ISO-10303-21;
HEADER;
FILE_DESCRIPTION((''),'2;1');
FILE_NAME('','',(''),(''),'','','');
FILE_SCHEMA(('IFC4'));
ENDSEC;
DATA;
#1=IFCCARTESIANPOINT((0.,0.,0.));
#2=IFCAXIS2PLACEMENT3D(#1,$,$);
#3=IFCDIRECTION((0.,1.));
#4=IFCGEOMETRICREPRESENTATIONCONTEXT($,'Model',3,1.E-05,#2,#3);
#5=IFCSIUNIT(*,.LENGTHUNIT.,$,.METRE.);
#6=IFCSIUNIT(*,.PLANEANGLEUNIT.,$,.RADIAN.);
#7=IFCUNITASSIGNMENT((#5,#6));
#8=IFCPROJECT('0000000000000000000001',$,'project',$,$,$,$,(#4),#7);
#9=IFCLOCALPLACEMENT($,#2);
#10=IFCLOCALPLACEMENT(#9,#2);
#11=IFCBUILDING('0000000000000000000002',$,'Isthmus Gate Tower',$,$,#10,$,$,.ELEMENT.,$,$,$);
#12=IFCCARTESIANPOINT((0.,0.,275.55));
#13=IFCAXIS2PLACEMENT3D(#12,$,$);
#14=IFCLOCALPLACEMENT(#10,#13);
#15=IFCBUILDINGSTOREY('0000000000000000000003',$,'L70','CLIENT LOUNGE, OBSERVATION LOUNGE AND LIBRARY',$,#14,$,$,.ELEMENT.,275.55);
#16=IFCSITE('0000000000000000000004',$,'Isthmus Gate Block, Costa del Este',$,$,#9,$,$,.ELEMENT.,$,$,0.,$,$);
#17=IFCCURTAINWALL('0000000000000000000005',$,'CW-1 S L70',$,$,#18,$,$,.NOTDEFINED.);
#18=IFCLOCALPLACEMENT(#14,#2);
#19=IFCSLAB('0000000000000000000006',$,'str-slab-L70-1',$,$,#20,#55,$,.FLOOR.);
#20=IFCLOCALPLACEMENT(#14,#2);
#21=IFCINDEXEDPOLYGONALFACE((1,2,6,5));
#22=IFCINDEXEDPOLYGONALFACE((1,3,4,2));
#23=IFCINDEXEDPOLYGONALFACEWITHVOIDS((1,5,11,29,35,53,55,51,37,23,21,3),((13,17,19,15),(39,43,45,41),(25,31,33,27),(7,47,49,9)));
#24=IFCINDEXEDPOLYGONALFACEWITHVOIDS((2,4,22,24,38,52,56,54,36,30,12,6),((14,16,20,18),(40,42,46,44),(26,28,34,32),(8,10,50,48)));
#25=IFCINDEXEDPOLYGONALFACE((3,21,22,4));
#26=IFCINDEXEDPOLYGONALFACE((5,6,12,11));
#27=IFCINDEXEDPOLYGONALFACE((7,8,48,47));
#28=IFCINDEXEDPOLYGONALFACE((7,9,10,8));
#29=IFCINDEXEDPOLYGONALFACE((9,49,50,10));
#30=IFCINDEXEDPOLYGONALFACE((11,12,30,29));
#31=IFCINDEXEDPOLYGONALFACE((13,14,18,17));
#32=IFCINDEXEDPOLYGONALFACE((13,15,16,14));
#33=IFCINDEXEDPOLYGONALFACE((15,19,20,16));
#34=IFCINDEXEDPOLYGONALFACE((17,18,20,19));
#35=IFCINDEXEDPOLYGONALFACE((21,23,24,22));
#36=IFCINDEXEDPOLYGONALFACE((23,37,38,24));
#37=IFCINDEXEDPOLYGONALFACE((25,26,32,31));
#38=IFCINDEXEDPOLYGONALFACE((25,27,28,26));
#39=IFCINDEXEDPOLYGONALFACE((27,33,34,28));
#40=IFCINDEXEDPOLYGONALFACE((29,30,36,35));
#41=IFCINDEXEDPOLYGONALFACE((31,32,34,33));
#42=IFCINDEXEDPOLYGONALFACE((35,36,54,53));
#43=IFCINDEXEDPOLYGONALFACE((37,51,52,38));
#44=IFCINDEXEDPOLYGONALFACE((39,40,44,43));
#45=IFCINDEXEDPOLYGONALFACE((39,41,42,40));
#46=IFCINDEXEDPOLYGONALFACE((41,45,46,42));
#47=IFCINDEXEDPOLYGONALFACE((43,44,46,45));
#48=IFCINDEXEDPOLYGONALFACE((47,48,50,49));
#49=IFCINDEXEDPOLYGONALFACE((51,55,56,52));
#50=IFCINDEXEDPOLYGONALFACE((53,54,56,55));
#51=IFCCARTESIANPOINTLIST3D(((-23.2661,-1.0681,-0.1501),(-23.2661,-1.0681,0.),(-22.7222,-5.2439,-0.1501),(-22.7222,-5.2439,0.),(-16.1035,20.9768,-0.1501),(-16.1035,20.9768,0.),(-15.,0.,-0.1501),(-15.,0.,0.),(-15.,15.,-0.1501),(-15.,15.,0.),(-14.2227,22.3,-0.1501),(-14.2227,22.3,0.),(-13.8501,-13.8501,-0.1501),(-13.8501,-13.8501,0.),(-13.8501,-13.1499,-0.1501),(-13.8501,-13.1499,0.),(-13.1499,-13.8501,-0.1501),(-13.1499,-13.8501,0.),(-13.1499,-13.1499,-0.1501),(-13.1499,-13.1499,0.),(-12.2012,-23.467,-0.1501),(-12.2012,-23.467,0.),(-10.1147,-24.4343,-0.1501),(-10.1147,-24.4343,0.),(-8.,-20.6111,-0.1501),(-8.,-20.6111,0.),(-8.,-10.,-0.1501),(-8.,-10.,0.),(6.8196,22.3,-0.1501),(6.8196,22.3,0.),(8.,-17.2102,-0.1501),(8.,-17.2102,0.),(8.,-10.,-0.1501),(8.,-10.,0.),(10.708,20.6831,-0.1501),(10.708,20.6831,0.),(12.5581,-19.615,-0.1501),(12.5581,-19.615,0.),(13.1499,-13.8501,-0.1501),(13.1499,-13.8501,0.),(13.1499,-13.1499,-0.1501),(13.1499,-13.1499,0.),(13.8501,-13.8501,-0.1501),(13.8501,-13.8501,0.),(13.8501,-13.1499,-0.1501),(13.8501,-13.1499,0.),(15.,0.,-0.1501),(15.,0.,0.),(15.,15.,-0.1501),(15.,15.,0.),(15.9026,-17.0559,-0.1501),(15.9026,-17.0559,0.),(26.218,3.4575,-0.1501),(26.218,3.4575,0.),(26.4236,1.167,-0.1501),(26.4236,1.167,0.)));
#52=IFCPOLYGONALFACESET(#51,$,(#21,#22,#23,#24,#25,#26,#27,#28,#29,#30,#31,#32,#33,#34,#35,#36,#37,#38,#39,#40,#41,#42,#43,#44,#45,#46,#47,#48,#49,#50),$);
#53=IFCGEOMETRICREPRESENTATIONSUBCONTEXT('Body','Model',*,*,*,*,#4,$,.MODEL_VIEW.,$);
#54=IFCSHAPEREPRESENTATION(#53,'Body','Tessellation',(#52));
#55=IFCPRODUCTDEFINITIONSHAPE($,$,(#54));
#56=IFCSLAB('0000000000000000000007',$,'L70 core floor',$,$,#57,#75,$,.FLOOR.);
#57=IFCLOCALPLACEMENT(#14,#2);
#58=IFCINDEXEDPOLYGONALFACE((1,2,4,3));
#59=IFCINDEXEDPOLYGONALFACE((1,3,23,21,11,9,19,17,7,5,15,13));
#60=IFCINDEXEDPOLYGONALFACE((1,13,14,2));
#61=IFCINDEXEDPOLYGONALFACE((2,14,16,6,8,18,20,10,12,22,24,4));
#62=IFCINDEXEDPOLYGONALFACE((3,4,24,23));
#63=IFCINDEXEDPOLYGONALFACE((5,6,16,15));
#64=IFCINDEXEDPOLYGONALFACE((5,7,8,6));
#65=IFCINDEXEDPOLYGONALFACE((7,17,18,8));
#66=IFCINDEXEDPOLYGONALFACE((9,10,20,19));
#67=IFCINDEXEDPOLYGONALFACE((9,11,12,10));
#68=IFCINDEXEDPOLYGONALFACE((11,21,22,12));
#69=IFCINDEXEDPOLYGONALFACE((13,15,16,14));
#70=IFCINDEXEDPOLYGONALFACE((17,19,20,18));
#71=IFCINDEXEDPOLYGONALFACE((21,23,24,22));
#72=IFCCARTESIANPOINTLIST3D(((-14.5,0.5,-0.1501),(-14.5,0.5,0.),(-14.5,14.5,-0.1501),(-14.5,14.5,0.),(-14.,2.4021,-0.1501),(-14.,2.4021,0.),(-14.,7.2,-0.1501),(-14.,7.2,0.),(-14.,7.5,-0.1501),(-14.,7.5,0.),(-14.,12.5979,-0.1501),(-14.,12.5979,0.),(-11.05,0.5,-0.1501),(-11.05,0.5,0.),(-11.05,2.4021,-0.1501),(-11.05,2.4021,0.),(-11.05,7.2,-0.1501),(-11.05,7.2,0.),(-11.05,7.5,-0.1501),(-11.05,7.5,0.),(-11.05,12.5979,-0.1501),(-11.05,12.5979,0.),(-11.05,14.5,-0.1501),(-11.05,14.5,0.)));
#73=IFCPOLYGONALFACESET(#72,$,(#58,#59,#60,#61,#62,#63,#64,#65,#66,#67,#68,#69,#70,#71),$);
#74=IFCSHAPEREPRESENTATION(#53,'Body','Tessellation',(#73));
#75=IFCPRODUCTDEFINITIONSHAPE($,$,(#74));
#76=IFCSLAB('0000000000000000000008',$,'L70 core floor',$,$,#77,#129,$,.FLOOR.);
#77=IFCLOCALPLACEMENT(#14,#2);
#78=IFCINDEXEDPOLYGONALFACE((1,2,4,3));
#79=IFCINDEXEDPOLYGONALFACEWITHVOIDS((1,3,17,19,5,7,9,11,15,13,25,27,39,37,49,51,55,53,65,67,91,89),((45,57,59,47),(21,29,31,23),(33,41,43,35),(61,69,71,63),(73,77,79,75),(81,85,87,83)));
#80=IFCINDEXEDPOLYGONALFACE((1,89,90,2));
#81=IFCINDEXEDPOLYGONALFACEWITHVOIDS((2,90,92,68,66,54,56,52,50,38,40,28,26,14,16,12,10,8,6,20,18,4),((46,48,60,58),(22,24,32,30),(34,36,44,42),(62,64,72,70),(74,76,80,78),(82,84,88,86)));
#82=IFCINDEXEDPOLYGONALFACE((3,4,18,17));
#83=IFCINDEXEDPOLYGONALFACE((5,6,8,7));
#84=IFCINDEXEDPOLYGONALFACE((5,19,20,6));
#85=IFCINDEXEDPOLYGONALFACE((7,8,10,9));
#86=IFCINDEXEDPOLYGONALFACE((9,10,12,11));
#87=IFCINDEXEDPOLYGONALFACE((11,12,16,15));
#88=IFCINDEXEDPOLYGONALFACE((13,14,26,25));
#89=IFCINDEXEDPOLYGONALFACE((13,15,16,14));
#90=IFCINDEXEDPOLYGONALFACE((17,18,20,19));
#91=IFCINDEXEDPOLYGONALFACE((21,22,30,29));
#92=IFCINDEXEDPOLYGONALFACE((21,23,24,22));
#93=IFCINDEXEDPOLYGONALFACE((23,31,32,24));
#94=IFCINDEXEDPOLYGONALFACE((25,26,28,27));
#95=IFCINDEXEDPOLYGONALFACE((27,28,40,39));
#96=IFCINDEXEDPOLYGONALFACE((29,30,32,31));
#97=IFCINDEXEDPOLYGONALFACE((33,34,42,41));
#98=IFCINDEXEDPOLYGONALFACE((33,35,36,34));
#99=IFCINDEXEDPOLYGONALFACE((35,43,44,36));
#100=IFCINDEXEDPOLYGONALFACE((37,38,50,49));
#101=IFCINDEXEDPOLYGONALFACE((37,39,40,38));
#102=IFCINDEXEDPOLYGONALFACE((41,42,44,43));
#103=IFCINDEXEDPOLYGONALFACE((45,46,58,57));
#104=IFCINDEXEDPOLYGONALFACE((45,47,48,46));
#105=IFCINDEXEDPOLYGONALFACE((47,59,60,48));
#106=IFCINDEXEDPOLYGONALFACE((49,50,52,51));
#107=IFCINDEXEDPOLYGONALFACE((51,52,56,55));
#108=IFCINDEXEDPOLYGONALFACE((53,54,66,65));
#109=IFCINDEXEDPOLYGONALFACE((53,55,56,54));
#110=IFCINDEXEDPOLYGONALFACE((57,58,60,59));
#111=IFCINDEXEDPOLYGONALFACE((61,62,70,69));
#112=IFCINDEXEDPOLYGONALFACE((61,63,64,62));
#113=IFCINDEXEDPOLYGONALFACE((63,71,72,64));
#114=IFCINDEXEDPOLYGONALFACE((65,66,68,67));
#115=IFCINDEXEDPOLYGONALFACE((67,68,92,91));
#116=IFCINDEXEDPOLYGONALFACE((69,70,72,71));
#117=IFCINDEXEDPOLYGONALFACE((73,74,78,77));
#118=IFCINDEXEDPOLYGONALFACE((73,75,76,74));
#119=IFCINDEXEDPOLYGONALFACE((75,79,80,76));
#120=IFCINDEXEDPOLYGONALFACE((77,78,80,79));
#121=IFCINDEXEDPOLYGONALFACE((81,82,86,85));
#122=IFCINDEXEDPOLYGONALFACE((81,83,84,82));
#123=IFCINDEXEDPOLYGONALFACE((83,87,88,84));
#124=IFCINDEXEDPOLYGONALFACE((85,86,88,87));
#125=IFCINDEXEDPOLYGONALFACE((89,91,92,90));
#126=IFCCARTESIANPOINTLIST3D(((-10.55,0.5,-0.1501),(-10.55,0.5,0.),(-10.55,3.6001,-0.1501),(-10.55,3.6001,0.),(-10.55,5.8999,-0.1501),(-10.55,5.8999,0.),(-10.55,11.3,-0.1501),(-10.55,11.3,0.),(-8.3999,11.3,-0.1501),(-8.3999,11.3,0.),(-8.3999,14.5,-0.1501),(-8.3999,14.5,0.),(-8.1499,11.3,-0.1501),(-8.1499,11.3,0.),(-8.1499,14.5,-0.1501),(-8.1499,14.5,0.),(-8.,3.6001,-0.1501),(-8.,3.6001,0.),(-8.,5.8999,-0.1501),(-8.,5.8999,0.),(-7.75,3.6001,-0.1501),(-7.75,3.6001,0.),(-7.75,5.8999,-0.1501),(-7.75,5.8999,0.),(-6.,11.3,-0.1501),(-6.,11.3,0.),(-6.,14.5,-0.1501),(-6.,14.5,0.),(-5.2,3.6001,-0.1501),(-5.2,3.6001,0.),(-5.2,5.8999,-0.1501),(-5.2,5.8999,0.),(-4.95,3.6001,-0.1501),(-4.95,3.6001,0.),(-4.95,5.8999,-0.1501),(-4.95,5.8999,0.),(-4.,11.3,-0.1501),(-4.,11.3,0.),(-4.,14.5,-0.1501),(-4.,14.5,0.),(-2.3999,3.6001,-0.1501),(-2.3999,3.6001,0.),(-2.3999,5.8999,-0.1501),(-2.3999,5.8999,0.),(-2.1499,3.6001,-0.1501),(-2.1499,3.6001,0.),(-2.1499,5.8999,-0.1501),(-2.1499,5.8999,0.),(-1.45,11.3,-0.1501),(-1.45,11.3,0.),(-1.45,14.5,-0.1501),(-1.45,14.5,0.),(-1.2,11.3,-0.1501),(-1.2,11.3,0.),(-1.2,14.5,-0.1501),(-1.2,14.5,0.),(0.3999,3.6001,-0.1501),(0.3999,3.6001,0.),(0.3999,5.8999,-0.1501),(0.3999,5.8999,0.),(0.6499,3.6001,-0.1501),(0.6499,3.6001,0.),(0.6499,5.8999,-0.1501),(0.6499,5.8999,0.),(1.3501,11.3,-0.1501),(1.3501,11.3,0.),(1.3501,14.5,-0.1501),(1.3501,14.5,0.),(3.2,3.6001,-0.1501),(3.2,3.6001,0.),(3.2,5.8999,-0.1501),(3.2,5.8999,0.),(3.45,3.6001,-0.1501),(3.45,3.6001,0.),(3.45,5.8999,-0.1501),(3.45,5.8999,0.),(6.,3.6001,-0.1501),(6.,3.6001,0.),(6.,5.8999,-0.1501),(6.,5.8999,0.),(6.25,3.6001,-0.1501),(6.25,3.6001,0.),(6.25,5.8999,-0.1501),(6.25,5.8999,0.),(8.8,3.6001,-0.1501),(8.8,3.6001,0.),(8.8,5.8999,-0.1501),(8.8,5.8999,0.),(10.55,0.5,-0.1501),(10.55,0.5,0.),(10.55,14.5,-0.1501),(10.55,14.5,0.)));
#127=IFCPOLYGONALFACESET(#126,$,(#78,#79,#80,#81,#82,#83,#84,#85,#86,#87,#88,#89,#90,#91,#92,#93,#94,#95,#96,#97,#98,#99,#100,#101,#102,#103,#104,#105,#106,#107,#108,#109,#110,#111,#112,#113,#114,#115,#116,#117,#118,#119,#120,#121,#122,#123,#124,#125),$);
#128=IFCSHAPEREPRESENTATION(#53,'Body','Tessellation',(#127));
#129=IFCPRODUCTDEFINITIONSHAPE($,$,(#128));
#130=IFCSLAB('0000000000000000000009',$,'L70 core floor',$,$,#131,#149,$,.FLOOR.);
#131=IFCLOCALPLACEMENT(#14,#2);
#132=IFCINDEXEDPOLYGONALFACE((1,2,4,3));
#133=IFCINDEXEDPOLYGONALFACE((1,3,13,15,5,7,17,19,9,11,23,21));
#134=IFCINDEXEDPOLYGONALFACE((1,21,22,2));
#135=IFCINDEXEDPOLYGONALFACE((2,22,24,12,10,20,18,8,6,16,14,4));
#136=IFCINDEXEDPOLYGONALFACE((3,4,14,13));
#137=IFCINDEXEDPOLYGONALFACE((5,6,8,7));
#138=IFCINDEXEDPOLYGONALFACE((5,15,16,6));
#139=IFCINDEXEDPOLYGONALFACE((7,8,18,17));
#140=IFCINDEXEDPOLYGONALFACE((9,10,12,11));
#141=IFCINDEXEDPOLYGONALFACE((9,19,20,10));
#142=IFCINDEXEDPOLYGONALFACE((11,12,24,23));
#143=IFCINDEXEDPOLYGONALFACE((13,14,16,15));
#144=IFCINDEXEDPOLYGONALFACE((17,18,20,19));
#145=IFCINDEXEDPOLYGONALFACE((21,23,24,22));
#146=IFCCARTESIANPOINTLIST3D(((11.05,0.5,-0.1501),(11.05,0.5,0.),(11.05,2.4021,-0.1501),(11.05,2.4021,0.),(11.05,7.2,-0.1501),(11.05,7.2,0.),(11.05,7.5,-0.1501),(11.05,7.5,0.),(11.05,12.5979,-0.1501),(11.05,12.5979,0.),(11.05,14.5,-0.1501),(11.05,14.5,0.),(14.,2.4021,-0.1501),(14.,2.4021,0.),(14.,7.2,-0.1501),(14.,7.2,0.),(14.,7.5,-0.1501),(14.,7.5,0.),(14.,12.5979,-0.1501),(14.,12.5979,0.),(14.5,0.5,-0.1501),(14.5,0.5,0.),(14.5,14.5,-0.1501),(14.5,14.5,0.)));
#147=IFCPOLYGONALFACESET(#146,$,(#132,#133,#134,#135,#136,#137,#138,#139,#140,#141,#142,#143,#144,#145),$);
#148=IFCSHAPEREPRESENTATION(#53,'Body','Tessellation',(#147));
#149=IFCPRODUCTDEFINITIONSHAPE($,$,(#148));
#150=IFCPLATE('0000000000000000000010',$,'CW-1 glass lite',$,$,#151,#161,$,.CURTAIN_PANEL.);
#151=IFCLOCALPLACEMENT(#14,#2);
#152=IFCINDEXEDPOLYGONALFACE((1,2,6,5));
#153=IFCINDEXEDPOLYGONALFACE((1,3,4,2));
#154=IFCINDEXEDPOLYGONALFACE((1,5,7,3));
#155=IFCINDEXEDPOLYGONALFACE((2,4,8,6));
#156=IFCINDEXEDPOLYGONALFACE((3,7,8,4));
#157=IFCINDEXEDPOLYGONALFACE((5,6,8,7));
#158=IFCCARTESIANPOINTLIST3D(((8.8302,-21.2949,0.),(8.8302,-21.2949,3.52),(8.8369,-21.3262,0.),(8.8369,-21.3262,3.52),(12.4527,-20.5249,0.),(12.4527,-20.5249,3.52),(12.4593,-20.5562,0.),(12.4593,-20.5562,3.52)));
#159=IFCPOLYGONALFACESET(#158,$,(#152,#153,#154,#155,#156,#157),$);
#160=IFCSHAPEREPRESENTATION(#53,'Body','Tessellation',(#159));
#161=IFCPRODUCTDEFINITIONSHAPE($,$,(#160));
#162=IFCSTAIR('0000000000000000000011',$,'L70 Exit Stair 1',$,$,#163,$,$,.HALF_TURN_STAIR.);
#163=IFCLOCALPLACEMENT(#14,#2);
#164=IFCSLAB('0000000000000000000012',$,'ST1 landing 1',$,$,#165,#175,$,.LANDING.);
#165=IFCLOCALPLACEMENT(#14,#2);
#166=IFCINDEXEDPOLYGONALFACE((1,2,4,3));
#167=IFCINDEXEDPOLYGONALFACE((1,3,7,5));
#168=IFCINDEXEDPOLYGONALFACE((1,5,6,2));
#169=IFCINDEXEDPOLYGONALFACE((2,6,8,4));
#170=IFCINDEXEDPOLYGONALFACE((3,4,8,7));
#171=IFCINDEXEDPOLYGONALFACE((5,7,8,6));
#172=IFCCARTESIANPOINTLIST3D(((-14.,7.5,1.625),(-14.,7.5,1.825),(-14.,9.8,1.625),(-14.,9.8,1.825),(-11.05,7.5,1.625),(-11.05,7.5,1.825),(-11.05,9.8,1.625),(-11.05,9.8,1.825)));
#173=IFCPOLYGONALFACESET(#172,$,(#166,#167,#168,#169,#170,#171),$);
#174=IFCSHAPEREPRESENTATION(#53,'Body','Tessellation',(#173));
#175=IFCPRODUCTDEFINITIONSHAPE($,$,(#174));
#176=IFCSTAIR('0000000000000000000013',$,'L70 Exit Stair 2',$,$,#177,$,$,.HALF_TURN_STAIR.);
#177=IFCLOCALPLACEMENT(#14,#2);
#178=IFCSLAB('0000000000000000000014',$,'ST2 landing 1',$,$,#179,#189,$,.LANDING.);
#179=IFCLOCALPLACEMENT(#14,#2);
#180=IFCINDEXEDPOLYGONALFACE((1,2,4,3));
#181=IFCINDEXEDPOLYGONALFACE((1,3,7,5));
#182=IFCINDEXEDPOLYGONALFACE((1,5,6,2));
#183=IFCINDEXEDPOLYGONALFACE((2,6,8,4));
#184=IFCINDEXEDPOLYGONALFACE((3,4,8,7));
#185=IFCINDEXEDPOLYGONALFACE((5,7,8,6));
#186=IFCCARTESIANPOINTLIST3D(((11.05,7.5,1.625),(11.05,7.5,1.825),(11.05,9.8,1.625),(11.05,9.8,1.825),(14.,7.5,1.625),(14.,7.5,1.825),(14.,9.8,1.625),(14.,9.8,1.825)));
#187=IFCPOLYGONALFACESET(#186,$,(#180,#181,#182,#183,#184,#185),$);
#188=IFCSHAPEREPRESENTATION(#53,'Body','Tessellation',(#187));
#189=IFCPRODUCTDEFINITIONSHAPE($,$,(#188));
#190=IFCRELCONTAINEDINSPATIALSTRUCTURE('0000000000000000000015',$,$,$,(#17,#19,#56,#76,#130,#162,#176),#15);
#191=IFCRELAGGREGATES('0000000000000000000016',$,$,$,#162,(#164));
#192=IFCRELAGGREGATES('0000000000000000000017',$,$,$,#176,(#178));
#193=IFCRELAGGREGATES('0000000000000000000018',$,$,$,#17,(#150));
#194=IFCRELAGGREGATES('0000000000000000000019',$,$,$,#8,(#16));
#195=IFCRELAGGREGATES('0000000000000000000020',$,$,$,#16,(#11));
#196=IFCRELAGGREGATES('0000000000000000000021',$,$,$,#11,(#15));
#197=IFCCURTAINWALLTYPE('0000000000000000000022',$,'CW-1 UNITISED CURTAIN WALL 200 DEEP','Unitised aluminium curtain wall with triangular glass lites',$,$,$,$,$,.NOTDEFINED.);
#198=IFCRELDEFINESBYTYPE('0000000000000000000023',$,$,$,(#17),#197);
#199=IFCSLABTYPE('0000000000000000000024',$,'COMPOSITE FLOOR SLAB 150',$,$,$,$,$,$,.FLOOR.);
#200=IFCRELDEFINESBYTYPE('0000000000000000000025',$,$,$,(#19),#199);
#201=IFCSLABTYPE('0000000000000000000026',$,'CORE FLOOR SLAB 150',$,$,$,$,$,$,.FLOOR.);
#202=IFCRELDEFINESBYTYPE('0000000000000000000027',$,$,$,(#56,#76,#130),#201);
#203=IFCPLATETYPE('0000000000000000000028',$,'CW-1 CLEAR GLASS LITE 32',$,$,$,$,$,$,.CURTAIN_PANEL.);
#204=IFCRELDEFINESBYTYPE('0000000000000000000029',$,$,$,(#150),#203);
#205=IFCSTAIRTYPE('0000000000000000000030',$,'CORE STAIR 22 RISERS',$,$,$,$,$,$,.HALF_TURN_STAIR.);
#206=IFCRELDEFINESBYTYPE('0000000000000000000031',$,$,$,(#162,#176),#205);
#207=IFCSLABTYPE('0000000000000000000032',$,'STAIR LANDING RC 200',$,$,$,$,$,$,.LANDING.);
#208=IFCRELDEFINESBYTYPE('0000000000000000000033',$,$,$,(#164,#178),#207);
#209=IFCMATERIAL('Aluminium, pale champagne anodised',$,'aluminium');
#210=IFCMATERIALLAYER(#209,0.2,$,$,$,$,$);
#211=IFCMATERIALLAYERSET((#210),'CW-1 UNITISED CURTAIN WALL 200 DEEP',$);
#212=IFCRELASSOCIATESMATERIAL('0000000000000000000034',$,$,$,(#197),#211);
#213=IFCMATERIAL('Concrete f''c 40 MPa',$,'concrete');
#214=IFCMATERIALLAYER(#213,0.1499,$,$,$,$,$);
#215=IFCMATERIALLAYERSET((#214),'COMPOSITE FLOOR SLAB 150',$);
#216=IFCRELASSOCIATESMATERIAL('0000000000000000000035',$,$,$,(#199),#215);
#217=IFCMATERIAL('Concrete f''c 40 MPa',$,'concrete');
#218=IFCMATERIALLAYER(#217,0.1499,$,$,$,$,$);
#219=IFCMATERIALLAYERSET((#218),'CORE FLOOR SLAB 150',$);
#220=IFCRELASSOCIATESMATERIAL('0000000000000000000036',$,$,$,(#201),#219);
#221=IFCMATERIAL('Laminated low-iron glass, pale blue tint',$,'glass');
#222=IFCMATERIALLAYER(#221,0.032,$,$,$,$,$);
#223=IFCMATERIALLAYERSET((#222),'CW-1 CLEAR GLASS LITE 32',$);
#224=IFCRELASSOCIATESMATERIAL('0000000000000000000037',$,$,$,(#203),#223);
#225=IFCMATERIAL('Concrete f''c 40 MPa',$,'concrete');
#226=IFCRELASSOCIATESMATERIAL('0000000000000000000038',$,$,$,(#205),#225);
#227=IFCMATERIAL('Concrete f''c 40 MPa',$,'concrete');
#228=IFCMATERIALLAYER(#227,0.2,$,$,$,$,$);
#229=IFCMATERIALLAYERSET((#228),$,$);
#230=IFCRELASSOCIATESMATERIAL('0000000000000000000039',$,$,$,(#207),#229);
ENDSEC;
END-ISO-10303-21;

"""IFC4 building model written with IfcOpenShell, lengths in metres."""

from ifc_helpers import new_model, si_unit, direction, frame, origin, origin_2d, place, context, subcontext, project, spatial, polyline, rectangle, outline, extrude, material, layer, layer_set, type_object, element, aggregate, save


model = new_model("IFC4")

# Units and contexts
model_context = context("Model", 3, precision=1e-05, world=origin(), true_north=direction((0.0, 1.0)))
body_context = subcontext(model_context, "Body", "Model", "MODEL_VIEW")
ifc_project = project(units=[si_unit("LENGTHUNIT", "METRE"), si_unit("PLANEANGLEUNIT", "RADIAN")], contexts=[model_context])

# Site, building, storey
site_placement = place(None, origin())
site = spatial("IfcSite", under=ifc_project, at=site_placement, Name="Isthmus Gate Block, Costa del Este", CompositionType="ELEMENT", RefElevation=0.0)
building_placement = place(site_placement, origin())
building = spatial("IfcBuilding", under=site, at=building_placement, Name="Isthmus Gate Tower", CompositionType="ELEMENT")
storey_placement = place(building_placement, frame((0.0, 0.0, 275.55)))
storey = spatial("IfcBuildingStorey", under=building, at=storey_placement, Name="L70", Description="CLIENT LOUNGE, OBSERVATION LOUNGE AND LIBRARY", CompositionType="ELEMENT", Elevation=275.55)

# Curtain wall
ifc_material_1 = material(Name="Aluminium, pale champagne anodised", Category="aluminium")
ifc_layer_1 = layer(ifc_material_1, 0.2)
ifc_layer_set_1 = layer_set([ifc_layer_1], Name="CW-1 UNITISED CURTAIN WALL 200 DEEP")
curtain_wall_type = type_object("IfcCurtainWallType", Name="CW-1 UNITISED CURTAIN WALL 200 DEEP", Description="Unitised aluminium curtain wall with triangular glass lites", PredefinedType="NOTDEFINED", material=ifc_layer_set_1)
curtain_wall_placement = place(storey_placement, origin())
curtain_wall = element("IfcCurtainWall", 1, at=curtain_wall_placement, inside=storey, type_object=curtain_wall_type, Name="CW-1 S L70", PredefinedType="NOTDEFINED")

# Slabs
ifc_material_2 = material(Name="Concrete f'c 40 MPa", Category="concrete")
ifc_layer_2 = layer(ifc_material_2, 0.1499)
ifc_layer_set_2 = layer_set([ifc_layer_2], Name="COMPOSITE FLOOR SLAB 150")
slab_type_1 = type_object("IfcSlabType", Name="COMPOSITE FLOOR SLAB 150", PredefinedType="FLOOR", material=ifc_layer_set_2)
slab_1_placement = place(storey_placement, frame((0.0, 0.0, -0.1501)))
element("IfcSlab", 2, at=slab_1_placement, inside=storey, type_object=slab_type_1, Name="str-slab-L70-1", PredefinedType="FLOOR", context=body_context, shape_type="SweptSolid", body=[
    extrude(outline(polyline([(10.708, 20.6831), (26.218, 3.4575), (26.4236, 1.167), (15.9026, -17.0559), (12.5581, -19.615), (-10.1147, -24.4343), (-12.2012, -23.467), (-22.7222, -5.2439), (-23.2661, -1.0681), (-16.1035, 20.9768), (-14.2227, 22.3), (6.8196, 22.3), (10.708, 20.6831)]), holes=[polyline([(-8.0, -10.0), (-8.0, -20.6111), (8.0, -17.2102), (8.0, -10.0), (-8.0, -10.0)]), polyline([(-13.8501, -13.1499), (-13.8501, -13.8501), (-13.1499, -13.8501), (-13.1499, -13.1499), (-13.8501, -13.1499)]), polyline([(13.1499, -13.1499), (13.1499, -13.8501), (13.8501, -13.8501), (13.8501, -13.1499), (13.1499, -13.1499)]), polyline([(-15.0, 0.0), (15.0, 0.0), (15.0, 15.0), (-15.0, 15.0), (-15.0, 0.0)])]), origin(), (0.0, 0.0, 1.0), 0.1501),
])
ifc_material_3 = material(Name="Concrete f'c 40 MPa", Category="concrete")
ifc_layer_3 = layer(ifc_material_3, 0.1499)
ifc_layer_set_3 = layer_set([ifc_layer_3], Name="CORE FLOOR SLAB 150")
slab_type_2 = type_object("IfcSlabType", Name="CORE FLOOR SLAB 150", PredefinedType="FLOOR", material=ifc_layer_set_3)
slab_2_placement = place(storey_placement, frame((0.0, 0.0, -0.1501)))
element("IfcSlab", 3, at=slab_2_placement, inside=storey, type_object=slab_type_2, Name="L70 core floor", PredefinedType="FLOOR", context=body_context, shape_type="SweptSolid", body=[
    extrude(outline(polyline([(-11.05, 0.5), (-11.05, 2.4021), (-14.0, 2.4021), (-14.0, 7.2), (-11.05, 7.2), (-11.05, 7.5), (-14.0, 7.5), (-14.0, 12.5979), (-11.05, 12.5979), (-11.05, 14.5), (-14.5, 14.5), (-14.5, 0.5), (-11.05, 0.5)])), origin(), (0.0, 0.0, 1.0), 0.1501),
])
slab_3_placement = place(storey_placement, frame((0.0, 0.0, -0.1501)))
element("IfcSlab", 4, at=slab_3_placement, inside=storey, type_object=slab_type_2, Name="L70 core floor", PredefinedType="FLOOR", context=body_context, shape_type="SweptSolid", body=[
    extrude(outline(polyline([(10.55, 14.5), (1.3501, 14.5), (1.3501, 11.3), (-1.2, 11.3), (-1.2, 14.5), (-1.45, 14.5), (-1.45, 11.3), (-4.0, 11.3), (-4.0, 14.5), (-6.0, 14.5), (-6.0, 11.3), (-8.1499, 11.3), (-8.1499, 14.5), (-8.3999, 14.5), (-8.3999, 11.3), (-10.55, 11.3), (-10.55, 5.8999), (-8.0, 5.8999), (-8.0, 3.6001), (-10.55, 3.6001), (-10.55, 0.5), (10.55, 0.5), (10.55, 14.5)]), holes=[polyline([(-5.2, 5.8999), (-5.2, 3.6001), (-7.75, 3.6001), (-7.75, 5.8999), (-5.2, 5.8999)]), polyline([(-2.3999, 5.8999), (-2.3999, 3.6001), (-4.95, 3.6001), (-4.95, 5.8999), (-2.3999, 5.8999)]), polyline([(0.3999, 5.8999), (0.3999, 3.6001), (-2.1499, 3.6001), (-2.1499, 5.8999), (0.3999, 5.8999)]), polyline([(3.2, 5.8999), (3.2, 3.6001), (0.6499, 3.6001), (0.6499, 5.8999), (3.2, 5.8999)]), polyline([(6.0, 5.8999), (6.0, 3.6001), (3.45, 3.6001), (3.45, 5.8999), (6.0, 5.8999)]), polyline([(8.8, 5.8999), (8.8, 3.6001), (6.25, 3.6001), (6.25, 5.8999), (8.8, 5.8999)])]), origin(), (0.0, 0.0, 1.0), 0.1501),
])
slab_4_placement = place(storey_placement, frame((0.0, 0.0, -0.1501)))
element("IfcSlab", 5, at=slab_4_placement, inside=storey, type_object=slab_type_2, Name="L70 core floor", PredefinedType="FLOOR", context=body_context, shape_type="SweptSolid", body=[
    extrude(outline(polyline([(11.05, 14.5), (11.05, 12.5979), (14.0, 12.5979), (14.0, 7.5), (11.05, 7.5), (11.05, 7.2), (14.0, 7.2), (14.0, 2.4021), (11.05, 2.4021), (11.05, 0.5), (14.5, 0.5), (14.5, 14.5), (11.05, 14.5)])), origin(), (0.0, 0.0, 1.0), 0.1501),
])

# Plate
ifc_material_4 = material(Name="Laminated low-iron glass, pale blue tint", Category="glass")
ifc_layer_4 = layer(ifc_material_4, 0.032)
ifc_layer_set_4 = layer_set([ifc_layer_4], Name="CW-1 CLEAR GLASS LITE 32")
plate_type = type_object("IfcPlateType", Name="CW-1 CLEAR GLASS LITE 32", PredefinedType="CURTAIN_PANEL", material=ifc_layer_set_4)
plate_placement = place(storey_placement, frame((10.6448, -20.9255, 0.0), z_axis=(0.0, 0.0, 1.0), x_axis=(0.978148, 0.207912, 0.0)))
plate = element("IfcPlate", 6, at=plate_placement, type_object=plate_type, Name="CW-1 glass lite", PredefinedType="CURTAIN_PANEL", context=body_context, shape_type="SweptSolid", body=[
    extrude(rectangle(XDim=3.7034, YDim=0.032, at=origin_2d()), origin(), (0.0, 0.0, 1.0), 3.52),
])

# Stairs, slabs
ifc_material_5 = material(Name="Concrete f'c 40 MPa", Category="concrete")
stair_type = type_object("IfcStairType", Name="CORE STAIR 22 RISERS", PredefinedType="HALF_TURN_STAIR", material=ifc_material_5)
stair_1_placement = place(storey_placement, origin())
stair_1 = element("IfcStair", 7, at=stair_1_placement, inside=storey, type_object=stair_type, Name="L70 Exit Stair 1", PredefinedType="HALF_TURN_STAIR")
ifc_material_6 = material(Name="Concrete f'c 40 MPa", Category="concrete")
ifc_layer_5 = layer(ifc_material_6, 0.2)
ifc_layer_set_5 = layer_set([ifc_layer_5])
slab_type_3 = type_object("IfcSlabType", Name="STAIR LANDING RC 200", PredefinedType="LANDING", material=ifc_layer_set_5)
slab_5_placement = place(storey_placement, frame((0.0, 0.0, 1.625)))
slab_5 = element("IfcSlab", 8, at=slab_5_placement, type_object=slab_type_3, Name="ST1 landing 1", PredefinedType="LANDING", context=body_context, shape_type="SweptSolid", body=[
    extrude(outline(polyline([(-14.0, 9.8), (-14.0, 7.5), (-11.05, 7.5), (-11.05, 9.8), (-14.0, 9.8)])), origin(), (0.0, 0.0, 1.0), 0.2),
])
aggregate(stair_1, [slab_5])
stair_2_placement = place(storey_placement, origin())
stair_2 = element("IfcStair", 9, at=stair_2_placement, inside=storey, type_object=stair_type, Name="L70 Exit Stair 2", PredefinedType="HALF_TURN_STAIR")
slab_6_placement = place(storey_placement, frame((0.0, 0.0, 1.625)))
slab_6 = element("IfcSlab", 10, at=slab_6_placement, type_object=slab_type_3, Name="ST2 landing 1", PredefinedType="LANDING", context=body_context, shape_type="SweptSolid", body=[
    extrude(outline(polyline([(11.05, 9.8), (11.05, 7.5), (14.0, 7.5), (14.0, 9.8), (11.05, 9.8)])), origin(), (0.0, 0.0, 1.0), 0.2),
])
aggregate(stair_2, [slab_6])

aggregate(curtain_wall, [plate])

save(model, "model.ifc")
